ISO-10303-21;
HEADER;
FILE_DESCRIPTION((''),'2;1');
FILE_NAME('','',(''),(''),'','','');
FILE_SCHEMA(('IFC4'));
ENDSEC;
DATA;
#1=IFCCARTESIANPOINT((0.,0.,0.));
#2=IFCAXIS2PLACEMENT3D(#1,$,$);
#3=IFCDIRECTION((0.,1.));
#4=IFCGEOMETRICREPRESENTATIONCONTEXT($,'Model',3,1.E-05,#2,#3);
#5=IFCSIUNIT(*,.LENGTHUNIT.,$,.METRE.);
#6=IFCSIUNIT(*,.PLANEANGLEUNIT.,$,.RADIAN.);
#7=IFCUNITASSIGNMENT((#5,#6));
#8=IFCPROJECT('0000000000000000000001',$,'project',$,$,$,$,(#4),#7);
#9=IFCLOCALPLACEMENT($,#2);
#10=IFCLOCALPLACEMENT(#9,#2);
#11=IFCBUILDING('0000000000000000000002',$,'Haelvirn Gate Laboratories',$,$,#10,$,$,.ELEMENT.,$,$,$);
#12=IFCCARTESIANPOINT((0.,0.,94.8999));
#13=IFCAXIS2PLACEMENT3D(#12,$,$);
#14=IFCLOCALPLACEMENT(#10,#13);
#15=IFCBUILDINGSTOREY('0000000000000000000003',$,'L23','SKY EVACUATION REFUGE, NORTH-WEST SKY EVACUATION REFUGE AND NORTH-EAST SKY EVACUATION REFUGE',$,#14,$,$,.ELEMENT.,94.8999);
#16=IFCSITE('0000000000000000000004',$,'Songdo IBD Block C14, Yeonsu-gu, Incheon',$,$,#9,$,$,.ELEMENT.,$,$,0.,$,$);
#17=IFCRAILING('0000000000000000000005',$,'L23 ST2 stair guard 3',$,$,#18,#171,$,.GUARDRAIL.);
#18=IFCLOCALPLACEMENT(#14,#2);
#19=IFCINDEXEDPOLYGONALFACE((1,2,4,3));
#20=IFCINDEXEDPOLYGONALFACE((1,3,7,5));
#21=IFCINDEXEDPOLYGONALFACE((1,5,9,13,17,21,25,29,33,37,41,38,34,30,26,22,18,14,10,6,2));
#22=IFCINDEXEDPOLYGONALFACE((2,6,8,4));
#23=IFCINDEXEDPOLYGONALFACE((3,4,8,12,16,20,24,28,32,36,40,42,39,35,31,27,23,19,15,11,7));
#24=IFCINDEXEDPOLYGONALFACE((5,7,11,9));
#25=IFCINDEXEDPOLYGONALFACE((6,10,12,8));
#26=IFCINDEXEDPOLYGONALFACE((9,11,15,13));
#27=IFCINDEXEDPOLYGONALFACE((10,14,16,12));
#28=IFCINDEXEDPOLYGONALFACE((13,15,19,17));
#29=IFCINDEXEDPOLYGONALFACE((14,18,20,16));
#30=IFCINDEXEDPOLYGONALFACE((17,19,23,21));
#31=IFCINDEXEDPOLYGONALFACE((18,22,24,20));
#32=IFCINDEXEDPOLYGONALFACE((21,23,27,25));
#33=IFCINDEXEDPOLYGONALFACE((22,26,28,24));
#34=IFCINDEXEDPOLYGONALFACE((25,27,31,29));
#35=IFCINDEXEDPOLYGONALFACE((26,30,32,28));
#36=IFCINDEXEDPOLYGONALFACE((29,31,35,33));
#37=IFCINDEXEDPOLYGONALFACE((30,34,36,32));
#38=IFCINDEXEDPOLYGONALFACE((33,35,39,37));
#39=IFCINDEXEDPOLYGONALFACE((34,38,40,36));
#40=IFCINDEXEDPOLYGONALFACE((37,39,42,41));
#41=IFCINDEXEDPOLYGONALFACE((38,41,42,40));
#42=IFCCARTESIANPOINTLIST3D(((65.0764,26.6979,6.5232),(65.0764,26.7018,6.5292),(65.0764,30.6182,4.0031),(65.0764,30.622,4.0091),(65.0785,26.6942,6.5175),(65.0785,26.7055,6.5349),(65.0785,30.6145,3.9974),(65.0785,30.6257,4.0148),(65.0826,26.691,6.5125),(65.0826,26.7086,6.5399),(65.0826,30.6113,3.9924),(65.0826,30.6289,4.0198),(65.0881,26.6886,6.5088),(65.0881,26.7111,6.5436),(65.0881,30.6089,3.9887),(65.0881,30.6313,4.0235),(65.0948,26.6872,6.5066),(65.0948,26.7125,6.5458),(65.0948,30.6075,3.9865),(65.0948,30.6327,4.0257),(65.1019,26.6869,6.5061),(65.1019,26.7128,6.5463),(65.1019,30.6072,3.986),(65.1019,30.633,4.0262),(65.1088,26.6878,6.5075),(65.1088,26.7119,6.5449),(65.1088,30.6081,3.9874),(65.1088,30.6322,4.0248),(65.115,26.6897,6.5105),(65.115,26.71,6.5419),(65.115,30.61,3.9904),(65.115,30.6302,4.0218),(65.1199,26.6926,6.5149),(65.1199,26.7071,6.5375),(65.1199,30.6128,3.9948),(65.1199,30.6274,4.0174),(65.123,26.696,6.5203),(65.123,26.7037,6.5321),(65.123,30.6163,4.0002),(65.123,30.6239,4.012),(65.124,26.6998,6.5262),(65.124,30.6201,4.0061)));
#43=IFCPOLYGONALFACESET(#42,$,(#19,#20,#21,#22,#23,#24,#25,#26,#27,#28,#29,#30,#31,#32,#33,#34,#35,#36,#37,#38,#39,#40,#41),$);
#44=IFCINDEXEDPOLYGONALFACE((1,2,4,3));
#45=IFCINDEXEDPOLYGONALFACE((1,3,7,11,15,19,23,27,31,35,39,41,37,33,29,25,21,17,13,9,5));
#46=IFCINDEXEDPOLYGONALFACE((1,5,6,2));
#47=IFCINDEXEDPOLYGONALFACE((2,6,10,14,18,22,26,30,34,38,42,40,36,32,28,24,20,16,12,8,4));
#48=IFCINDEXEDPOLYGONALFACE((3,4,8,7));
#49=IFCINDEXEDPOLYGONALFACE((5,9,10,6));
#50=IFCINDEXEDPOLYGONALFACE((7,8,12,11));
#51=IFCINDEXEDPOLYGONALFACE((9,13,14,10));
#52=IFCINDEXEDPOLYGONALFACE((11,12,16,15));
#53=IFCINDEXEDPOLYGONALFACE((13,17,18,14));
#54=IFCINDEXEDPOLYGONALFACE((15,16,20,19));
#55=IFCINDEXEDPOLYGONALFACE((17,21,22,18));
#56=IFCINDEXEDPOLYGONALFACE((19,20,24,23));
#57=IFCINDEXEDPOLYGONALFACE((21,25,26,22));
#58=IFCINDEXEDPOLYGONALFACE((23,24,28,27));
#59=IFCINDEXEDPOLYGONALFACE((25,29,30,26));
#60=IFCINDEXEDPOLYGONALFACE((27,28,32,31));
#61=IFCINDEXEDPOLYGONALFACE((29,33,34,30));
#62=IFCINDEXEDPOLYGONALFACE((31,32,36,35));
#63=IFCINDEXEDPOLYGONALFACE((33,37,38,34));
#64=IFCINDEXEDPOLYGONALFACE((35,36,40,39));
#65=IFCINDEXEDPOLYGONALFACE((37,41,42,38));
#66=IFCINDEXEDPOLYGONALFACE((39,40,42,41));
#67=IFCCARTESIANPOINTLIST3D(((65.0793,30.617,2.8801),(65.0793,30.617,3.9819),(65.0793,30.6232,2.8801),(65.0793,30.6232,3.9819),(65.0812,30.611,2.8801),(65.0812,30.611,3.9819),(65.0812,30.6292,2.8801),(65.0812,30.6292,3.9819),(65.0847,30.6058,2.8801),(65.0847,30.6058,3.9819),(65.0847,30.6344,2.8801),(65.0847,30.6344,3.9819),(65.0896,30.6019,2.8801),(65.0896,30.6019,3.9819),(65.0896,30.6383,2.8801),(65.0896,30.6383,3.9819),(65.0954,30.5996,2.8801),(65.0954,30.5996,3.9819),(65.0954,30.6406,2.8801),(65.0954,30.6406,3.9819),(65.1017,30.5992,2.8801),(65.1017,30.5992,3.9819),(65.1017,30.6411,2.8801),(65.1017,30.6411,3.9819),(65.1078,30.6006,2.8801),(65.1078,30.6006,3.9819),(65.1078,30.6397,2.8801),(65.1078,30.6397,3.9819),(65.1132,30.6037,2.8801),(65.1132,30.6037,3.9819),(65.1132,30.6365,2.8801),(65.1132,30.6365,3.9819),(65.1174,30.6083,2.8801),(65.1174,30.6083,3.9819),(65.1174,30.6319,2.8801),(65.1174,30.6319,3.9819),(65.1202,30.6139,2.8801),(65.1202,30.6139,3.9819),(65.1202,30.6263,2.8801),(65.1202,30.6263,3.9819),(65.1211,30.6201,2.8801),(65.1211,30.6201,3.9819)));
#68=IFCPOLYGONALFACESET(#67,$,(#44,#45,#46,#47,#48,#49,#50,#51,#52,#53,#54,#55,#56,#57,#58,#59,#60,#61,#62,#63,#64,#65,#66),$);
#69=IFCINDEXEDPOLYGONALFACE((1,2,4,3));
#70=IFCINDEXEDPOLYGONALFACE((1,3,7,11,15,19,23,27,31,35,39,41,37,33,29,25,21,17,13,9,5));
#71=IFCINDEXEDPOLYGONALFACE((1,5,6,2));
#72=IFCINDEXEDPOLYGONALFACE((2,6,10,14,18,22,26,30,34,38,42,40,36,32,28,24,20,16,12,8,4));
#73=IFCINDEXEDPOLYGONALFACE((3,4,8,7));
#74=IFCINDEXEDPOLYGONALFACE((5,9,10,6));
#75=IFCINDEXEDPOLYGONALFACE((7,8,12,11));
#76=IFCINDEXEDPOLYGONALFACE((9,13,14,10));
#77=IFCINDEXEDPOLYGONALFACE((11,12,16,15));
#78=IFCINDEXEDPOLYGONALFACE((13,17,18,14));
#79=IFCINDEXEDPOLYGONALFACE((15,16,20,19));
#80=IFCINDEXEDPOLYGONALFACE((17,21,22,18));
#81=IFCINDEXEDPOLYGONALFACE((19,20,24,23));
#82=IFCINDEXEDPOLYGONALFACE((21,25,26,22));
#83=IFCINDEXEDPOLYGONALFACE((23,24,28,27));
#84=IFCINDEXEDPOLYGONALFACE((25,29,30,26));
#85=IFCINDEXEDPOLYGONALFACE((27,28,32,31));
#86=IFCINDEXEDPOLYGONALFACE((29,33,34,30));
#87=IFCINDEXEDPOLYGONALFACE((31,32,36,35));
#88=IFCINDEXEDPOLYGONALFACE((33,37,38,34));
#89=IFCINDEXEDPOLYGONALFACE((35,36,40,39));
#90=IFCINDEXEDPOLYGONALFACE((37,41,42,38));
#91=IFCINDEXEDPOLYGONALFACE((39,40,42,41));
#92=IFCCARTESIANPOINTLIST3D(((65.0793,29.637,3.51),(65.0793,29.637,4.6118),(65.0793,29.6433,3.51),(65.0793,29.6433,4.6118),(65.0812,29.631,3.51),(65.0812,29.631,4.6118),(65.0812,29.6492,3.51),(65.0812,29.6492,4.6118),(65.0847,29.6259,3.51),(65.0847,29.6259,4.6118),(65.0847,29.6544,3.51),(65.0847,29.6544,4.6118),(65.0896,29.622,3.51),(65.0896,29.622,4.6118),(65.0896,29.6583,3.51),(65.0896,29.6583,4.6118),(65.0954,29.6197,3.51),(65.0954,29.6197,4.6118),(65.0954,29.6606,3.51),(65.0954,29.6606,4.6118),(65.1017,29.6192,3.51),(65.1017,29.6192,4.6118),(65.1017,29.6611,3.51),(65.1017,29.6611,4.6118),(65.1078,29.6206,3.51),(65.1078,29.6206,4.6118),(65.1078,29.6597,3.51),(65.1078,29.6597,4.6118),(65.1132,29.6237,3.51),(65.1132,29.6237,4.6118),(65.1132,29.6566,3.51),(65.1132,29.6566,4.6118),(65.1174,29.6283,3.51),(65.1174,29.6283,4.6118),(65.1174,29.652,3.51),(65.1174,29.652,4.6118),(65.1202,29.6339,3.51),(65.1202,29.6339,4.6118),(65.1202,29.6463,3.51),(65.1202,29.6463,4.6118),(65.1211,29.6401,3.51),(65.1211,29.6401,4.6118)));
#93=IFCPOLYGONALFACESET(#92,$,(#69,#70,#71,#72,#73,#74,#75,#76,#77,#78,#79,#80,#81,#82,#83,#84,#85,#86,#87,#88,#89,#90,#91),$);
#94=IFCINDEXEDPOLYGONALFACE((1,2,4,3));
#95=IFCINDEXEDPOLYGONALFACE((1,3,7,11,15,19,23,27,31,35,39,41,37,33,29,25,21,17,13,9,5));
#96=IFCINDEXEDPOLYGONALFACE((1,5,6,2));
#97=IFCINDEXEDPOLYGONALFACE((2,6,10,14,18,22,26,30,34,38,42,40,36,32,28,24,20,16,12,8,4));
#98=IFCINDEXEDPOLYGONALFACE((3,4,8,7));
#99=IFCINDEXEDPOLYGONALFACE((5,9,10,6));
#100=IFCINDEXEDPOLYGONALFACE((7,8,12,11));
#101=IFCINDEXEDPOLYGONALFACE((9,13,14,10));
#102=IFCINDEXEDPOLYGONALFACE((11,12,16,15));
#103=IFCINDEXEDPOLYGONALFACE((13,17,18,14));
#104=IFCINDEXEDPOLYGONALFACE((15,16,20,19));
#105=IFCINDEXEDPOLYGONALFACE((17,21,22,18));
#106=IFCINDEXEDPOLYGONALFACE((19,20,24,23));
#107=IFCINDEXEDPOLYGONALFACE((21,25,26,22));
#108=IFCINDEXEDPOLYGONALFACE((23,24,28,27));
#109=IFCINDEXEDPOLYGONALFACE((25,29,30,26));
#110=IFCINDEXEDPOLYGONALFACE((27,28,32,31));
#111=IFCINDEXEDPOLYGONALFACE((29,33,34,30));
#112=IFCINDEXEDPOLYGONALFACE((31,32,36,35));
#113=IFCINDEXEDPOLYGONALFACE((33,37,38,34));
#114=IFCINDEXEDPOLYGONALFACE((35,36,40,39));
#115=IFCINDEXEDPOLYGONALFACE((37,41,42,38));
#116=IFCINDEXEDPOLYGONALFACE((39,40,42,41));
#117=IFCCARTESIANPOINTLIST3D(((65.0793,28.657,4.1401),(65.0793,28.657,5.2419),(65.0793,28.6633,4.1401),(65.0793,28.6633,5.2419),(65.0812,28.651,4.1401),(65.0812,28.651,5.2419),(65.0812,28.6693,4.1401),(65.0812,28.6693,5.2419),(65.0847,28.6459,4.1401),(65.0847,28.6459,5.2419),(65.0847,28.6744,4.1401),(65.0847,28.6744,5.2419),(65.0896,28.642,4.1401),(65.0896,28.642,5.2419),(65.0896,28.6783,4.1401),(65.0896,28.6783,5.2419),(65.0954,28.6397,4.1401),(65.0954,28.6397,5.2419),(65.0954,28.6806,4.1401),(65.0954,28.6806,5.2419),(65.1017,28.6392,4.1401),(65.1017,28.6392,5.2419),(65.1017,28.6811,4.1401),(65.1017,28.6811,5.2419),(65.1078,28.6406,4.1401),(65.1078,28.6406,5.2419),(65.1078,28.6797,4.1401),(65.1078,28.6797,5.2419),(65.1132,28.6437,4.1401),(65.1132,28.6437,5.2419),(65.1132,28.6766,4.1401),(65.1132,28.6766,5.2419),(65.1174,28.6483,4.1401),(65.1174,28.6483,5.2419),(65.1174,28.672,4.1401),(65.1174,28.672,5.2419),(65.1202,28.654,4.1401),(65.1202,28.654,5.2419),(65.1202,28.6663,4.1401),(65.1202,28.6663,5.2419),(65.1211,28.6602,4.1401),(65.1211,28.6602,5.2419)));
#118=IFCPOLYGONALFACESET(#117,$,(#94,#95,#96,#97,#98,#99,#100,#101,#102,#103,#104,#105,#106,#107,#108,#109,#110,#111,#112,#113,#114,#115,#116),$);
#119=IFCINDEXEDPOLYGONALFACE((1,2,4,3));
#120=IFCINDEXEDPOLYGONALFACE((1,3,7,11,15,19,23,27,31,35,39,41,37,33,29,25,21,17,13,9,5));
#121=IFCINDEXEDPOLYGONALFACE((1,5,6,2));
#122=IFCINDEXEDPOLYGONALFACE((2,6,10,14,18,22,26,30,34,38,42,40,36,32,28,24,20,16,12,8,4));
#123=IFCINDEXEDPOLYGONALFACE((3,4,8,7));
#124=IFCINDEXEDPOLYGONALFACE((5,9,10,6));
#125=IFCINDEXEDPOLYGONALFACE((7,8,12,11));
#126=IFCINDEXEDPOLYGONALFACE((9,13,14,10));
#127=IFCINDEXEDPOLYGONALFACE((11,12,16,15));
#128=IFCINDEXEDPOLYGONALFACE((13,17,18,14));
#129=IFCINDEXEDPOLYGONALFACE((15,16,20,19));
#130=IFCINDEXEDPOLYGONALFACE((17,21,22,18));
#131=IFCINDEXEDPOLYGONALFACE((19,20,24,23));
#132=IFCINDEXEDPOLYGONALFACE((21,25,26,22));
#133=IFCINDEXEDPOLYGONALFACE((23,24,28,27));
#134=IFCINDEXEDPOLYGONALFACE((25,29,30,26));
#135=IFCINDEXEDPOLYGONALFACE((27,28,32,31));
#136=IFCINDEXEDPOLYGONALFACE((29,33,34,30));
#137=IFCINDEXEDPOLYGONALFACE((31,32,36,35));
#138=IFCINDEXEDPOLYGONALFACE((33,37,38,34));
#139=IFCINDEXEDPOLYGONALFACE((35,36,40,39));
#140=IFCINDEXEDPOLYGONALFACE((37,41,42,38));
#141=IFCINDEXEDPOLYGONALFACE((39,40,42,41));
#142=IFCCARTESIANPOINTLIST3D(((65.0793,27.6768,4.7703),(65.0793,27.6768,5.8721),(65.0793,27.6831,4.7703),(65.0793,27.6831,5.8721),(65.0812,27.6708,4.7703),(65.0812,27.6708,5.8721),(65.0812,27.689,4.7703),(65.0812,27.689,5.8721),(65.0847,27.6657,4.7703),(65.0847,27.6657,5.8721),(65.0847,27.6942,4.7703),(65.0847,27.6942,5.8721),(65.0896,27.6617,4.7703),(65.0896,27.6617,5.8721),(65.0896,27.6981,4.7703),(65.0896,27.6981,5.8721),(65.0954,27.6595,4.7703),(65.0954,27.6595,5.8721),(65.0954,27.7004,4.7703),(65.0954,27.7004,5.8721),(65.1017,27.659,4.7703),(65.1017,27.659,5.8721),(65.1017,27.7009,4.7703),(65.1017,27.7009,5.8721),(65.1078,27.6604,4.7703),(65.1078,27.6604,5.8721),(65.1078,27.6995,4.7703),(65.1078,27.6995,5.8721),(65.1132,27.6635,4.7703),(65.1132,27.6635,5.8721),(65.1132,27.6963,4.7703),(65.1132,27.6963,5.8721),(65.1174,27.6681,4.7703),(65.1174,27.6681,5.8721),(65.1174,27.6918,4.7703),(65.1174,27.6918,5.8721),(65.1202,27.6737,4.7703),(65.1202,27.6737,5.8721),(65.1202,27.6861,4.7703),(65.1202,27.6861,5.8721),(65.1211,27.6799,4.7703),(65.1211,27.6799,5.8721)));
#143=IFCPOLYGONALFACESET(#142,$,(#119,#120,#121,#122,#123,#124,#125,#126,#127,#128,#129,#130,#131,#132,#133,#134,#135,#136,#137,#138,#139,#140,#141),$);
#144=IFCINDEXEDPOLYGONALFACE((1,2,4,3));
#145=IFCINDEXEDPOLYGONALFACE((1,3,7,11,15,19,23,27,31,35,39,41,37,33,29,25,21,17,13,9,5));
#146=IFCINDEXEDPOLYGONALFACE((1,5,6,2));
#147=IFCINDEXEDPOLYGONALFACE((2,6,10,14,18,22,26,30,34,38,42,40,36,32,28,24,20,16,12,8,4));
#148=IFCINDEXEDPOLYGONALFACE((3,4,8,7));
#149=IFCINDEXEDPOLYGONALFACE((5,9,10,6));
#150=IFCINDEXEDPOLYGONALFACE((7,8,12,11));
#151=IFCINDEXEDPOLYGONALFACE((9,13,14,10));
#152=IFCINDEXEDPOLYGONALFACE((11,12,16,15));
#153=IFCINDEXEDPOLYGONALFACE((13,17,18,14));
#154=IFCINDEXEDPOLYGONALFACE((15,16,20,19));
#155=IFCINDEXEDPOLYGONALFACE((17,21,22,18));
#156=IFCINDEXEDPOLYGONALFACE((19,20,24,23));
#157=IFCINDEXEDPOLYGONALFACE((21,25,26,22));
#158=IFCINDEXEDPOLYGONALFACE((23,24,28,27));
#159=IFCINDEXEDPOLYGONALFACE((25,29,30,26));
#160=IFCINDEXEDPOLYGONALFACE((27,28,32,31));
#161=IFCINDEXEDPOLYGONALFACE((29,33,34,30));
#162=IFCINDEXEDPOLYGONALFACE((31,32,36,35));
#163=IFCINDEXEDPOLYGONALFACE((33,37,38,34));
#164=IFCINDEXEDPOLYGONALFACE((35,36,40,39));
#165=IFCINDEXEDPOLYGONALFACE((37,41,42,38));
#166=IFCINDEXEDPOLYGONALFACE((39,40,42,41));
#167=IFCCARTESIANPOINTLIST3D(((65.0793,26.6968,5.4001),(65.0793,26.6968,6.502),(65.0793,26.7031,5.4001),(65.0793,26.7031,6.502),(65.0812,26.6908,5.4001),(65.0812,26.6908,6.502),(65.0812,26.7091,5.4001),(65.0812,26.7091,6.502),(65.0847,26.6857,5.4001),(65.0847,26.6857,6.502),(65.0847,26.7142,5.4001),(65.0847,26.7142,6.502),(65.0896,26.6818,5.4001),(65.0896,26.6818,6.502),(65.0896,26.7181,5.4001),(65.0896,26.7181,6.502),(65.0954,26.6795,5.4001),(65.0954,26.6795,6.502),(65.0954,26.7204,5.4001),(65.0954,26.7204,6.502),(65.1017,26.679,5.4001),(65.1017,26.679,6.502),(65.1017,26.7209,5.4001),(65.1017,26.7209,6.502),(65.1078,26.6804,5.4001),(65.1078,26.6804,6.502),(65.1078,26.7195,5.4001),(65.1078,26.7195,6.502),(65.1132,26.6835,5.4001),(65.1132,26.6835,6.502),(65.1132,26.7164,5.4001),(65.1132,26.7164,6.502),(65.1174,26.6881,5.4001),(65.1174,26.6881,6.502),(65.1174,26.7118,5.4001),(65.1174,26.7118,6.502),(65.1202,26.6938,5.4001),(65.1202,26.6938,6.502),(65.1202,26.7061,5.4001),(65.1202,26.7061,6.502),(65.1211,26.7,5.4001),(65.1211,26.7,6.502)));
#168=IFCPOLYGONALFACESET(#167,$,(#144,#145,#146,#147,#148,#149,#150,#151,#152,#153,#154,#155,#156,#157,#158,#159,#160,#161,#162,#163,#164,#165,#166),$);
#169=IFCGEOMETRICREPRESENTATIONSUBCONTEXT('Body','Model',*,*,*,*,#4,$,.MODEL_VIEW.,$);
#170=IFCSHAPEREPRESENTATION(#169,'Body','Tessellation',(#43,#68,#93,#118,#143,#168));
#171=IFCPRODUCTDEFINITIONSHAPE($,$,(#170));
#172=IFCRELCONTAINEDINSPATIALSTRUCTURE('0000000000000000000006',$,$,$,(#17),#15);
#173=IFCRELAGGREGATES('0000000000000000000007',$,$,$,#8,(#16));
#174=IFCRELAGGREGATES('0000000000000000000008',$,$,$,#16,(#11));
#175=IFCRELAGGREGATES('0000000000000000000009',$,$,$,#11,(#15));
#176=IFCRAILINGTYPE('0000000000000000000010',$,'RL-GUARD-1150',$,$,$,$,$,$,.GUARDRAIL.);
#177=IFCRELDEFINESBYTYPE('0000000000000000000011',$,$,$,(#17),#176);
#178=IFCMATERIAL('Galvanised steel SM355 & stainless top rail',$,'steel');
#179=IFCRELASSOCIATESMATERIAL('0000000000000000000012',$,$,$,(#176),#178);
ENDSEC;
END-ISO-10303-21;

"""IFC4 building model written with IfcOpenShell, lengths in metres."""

from ifc_helpers import new_model, si_unit, direction, frame, origin, origin_2d, place, context, subcontext, project, spatial, circle, extrude, source, transform, mapped, material, type_object, element, save


model = new_model("IFC4")

# Units and contexts
model_context = context("Model", 3, precision=1e-05, world=origin(), true_north=direction((0.0, 1.0)))
body_context = subcontext(model_context, "Body", "Model", "MODEL_VIEW")
ifc_project = project(units=[si_unit("LENGTHUNIT", "METRE"), si_unit("PLANEANGLEUNIT", "RADIAN")], contexts=[model_context])

# Site, building, storey
site_placement = place(None, origin())
site = spatial("IfcSite", under=ifc_project, at=site_placement, Name="Songdo IBD Block C14, Yeonsu-gu, Incheon", CompositionType="ELEMENT", RefElevation=0.0)
building_placement = place(site_placement, origin())
building = spatial("IfcBuilding", under=site, at=building_placement, Name="Haelvirn Gate Laboratories", CompositionType="ELEMENT")
storey_placement = place(building_placement, frame((0.0, 0.0, 94.8999)))
storey = spatial("IfcBuildingStorey", under=building, at=storey_placement, Name="L23", Description="SKY EVACUATION REFUGE, NORTH-WEST SKY EVACUATION REFUGE AND NORTH-EAST SKY EVACUATION REFUGE", CompositionType="ELEMENT", Elevation=94.8999)

# Railing
ifc_material_1 = material(Name="Galvanised steel SM355 & stainless top rail", Category="steel")
railing_type_1 = type_object("IfcRailingType", Name="RL-GUARD-1150", PredefinedType="GUARDRAIL", material=ifc_material_1)
shared_shape_1 = source(origin(), body_context, "Body", "SweptSolid", [
    extrude(circle(Radius=0.0239, at=origin_2d()), frame((0.0, 0.0, 1.126), z_axis=(0.0, -0.841187, 0.540744), x_axis=(1.0, 0.0, 0.0)), (0.0, 0.0, 1.0), 4.6604),
    extrude(circle(Radius=0.021, at=origin_2d()), origin(), (0.0, 0.0, 1.0), 1.1018),
    extrude(circle(Radius=0.021, at=origin_2d()), frame((0.0, -0.98, 0.6299)), (0.0, 0.0, 1.0), 1.1018),
    extrude(circle(Radius=0.021, at=origin_2d()), frame((0.0, -1.96, 1.26)), (0.0, 0.0, 1.0), 1.1018),
    extrude(circle(Radius=0.021, at=origin_2d()), frame((0.0, -2.9402, 1.8901)), (0.0, 0.0, 1.0), 1.1018),
    extrude(circle(Radius=0.021, at=origin_2d()), frame((0.0, -3.9202, 2.52)), (0.0, 0.0, 1.0), 1.1018),
])
railing_1_placement = place(storey_placement, frame((65.1001, 30.6201, 2.8801)))
element("IfcRailing", 1, at=railing_1_placement, inside=storey, type_object=railing_type_1, Name="L23 ST2 stair guard 3", PredefinedType="GUARDRAIL", context=body_context, shape_type="MappedRepresentation", body=[
    mapped(shared_shape_1, transform((0.0, 0.0, 0.0), scale=1.0)),
])

save(model, "model.ifc")
